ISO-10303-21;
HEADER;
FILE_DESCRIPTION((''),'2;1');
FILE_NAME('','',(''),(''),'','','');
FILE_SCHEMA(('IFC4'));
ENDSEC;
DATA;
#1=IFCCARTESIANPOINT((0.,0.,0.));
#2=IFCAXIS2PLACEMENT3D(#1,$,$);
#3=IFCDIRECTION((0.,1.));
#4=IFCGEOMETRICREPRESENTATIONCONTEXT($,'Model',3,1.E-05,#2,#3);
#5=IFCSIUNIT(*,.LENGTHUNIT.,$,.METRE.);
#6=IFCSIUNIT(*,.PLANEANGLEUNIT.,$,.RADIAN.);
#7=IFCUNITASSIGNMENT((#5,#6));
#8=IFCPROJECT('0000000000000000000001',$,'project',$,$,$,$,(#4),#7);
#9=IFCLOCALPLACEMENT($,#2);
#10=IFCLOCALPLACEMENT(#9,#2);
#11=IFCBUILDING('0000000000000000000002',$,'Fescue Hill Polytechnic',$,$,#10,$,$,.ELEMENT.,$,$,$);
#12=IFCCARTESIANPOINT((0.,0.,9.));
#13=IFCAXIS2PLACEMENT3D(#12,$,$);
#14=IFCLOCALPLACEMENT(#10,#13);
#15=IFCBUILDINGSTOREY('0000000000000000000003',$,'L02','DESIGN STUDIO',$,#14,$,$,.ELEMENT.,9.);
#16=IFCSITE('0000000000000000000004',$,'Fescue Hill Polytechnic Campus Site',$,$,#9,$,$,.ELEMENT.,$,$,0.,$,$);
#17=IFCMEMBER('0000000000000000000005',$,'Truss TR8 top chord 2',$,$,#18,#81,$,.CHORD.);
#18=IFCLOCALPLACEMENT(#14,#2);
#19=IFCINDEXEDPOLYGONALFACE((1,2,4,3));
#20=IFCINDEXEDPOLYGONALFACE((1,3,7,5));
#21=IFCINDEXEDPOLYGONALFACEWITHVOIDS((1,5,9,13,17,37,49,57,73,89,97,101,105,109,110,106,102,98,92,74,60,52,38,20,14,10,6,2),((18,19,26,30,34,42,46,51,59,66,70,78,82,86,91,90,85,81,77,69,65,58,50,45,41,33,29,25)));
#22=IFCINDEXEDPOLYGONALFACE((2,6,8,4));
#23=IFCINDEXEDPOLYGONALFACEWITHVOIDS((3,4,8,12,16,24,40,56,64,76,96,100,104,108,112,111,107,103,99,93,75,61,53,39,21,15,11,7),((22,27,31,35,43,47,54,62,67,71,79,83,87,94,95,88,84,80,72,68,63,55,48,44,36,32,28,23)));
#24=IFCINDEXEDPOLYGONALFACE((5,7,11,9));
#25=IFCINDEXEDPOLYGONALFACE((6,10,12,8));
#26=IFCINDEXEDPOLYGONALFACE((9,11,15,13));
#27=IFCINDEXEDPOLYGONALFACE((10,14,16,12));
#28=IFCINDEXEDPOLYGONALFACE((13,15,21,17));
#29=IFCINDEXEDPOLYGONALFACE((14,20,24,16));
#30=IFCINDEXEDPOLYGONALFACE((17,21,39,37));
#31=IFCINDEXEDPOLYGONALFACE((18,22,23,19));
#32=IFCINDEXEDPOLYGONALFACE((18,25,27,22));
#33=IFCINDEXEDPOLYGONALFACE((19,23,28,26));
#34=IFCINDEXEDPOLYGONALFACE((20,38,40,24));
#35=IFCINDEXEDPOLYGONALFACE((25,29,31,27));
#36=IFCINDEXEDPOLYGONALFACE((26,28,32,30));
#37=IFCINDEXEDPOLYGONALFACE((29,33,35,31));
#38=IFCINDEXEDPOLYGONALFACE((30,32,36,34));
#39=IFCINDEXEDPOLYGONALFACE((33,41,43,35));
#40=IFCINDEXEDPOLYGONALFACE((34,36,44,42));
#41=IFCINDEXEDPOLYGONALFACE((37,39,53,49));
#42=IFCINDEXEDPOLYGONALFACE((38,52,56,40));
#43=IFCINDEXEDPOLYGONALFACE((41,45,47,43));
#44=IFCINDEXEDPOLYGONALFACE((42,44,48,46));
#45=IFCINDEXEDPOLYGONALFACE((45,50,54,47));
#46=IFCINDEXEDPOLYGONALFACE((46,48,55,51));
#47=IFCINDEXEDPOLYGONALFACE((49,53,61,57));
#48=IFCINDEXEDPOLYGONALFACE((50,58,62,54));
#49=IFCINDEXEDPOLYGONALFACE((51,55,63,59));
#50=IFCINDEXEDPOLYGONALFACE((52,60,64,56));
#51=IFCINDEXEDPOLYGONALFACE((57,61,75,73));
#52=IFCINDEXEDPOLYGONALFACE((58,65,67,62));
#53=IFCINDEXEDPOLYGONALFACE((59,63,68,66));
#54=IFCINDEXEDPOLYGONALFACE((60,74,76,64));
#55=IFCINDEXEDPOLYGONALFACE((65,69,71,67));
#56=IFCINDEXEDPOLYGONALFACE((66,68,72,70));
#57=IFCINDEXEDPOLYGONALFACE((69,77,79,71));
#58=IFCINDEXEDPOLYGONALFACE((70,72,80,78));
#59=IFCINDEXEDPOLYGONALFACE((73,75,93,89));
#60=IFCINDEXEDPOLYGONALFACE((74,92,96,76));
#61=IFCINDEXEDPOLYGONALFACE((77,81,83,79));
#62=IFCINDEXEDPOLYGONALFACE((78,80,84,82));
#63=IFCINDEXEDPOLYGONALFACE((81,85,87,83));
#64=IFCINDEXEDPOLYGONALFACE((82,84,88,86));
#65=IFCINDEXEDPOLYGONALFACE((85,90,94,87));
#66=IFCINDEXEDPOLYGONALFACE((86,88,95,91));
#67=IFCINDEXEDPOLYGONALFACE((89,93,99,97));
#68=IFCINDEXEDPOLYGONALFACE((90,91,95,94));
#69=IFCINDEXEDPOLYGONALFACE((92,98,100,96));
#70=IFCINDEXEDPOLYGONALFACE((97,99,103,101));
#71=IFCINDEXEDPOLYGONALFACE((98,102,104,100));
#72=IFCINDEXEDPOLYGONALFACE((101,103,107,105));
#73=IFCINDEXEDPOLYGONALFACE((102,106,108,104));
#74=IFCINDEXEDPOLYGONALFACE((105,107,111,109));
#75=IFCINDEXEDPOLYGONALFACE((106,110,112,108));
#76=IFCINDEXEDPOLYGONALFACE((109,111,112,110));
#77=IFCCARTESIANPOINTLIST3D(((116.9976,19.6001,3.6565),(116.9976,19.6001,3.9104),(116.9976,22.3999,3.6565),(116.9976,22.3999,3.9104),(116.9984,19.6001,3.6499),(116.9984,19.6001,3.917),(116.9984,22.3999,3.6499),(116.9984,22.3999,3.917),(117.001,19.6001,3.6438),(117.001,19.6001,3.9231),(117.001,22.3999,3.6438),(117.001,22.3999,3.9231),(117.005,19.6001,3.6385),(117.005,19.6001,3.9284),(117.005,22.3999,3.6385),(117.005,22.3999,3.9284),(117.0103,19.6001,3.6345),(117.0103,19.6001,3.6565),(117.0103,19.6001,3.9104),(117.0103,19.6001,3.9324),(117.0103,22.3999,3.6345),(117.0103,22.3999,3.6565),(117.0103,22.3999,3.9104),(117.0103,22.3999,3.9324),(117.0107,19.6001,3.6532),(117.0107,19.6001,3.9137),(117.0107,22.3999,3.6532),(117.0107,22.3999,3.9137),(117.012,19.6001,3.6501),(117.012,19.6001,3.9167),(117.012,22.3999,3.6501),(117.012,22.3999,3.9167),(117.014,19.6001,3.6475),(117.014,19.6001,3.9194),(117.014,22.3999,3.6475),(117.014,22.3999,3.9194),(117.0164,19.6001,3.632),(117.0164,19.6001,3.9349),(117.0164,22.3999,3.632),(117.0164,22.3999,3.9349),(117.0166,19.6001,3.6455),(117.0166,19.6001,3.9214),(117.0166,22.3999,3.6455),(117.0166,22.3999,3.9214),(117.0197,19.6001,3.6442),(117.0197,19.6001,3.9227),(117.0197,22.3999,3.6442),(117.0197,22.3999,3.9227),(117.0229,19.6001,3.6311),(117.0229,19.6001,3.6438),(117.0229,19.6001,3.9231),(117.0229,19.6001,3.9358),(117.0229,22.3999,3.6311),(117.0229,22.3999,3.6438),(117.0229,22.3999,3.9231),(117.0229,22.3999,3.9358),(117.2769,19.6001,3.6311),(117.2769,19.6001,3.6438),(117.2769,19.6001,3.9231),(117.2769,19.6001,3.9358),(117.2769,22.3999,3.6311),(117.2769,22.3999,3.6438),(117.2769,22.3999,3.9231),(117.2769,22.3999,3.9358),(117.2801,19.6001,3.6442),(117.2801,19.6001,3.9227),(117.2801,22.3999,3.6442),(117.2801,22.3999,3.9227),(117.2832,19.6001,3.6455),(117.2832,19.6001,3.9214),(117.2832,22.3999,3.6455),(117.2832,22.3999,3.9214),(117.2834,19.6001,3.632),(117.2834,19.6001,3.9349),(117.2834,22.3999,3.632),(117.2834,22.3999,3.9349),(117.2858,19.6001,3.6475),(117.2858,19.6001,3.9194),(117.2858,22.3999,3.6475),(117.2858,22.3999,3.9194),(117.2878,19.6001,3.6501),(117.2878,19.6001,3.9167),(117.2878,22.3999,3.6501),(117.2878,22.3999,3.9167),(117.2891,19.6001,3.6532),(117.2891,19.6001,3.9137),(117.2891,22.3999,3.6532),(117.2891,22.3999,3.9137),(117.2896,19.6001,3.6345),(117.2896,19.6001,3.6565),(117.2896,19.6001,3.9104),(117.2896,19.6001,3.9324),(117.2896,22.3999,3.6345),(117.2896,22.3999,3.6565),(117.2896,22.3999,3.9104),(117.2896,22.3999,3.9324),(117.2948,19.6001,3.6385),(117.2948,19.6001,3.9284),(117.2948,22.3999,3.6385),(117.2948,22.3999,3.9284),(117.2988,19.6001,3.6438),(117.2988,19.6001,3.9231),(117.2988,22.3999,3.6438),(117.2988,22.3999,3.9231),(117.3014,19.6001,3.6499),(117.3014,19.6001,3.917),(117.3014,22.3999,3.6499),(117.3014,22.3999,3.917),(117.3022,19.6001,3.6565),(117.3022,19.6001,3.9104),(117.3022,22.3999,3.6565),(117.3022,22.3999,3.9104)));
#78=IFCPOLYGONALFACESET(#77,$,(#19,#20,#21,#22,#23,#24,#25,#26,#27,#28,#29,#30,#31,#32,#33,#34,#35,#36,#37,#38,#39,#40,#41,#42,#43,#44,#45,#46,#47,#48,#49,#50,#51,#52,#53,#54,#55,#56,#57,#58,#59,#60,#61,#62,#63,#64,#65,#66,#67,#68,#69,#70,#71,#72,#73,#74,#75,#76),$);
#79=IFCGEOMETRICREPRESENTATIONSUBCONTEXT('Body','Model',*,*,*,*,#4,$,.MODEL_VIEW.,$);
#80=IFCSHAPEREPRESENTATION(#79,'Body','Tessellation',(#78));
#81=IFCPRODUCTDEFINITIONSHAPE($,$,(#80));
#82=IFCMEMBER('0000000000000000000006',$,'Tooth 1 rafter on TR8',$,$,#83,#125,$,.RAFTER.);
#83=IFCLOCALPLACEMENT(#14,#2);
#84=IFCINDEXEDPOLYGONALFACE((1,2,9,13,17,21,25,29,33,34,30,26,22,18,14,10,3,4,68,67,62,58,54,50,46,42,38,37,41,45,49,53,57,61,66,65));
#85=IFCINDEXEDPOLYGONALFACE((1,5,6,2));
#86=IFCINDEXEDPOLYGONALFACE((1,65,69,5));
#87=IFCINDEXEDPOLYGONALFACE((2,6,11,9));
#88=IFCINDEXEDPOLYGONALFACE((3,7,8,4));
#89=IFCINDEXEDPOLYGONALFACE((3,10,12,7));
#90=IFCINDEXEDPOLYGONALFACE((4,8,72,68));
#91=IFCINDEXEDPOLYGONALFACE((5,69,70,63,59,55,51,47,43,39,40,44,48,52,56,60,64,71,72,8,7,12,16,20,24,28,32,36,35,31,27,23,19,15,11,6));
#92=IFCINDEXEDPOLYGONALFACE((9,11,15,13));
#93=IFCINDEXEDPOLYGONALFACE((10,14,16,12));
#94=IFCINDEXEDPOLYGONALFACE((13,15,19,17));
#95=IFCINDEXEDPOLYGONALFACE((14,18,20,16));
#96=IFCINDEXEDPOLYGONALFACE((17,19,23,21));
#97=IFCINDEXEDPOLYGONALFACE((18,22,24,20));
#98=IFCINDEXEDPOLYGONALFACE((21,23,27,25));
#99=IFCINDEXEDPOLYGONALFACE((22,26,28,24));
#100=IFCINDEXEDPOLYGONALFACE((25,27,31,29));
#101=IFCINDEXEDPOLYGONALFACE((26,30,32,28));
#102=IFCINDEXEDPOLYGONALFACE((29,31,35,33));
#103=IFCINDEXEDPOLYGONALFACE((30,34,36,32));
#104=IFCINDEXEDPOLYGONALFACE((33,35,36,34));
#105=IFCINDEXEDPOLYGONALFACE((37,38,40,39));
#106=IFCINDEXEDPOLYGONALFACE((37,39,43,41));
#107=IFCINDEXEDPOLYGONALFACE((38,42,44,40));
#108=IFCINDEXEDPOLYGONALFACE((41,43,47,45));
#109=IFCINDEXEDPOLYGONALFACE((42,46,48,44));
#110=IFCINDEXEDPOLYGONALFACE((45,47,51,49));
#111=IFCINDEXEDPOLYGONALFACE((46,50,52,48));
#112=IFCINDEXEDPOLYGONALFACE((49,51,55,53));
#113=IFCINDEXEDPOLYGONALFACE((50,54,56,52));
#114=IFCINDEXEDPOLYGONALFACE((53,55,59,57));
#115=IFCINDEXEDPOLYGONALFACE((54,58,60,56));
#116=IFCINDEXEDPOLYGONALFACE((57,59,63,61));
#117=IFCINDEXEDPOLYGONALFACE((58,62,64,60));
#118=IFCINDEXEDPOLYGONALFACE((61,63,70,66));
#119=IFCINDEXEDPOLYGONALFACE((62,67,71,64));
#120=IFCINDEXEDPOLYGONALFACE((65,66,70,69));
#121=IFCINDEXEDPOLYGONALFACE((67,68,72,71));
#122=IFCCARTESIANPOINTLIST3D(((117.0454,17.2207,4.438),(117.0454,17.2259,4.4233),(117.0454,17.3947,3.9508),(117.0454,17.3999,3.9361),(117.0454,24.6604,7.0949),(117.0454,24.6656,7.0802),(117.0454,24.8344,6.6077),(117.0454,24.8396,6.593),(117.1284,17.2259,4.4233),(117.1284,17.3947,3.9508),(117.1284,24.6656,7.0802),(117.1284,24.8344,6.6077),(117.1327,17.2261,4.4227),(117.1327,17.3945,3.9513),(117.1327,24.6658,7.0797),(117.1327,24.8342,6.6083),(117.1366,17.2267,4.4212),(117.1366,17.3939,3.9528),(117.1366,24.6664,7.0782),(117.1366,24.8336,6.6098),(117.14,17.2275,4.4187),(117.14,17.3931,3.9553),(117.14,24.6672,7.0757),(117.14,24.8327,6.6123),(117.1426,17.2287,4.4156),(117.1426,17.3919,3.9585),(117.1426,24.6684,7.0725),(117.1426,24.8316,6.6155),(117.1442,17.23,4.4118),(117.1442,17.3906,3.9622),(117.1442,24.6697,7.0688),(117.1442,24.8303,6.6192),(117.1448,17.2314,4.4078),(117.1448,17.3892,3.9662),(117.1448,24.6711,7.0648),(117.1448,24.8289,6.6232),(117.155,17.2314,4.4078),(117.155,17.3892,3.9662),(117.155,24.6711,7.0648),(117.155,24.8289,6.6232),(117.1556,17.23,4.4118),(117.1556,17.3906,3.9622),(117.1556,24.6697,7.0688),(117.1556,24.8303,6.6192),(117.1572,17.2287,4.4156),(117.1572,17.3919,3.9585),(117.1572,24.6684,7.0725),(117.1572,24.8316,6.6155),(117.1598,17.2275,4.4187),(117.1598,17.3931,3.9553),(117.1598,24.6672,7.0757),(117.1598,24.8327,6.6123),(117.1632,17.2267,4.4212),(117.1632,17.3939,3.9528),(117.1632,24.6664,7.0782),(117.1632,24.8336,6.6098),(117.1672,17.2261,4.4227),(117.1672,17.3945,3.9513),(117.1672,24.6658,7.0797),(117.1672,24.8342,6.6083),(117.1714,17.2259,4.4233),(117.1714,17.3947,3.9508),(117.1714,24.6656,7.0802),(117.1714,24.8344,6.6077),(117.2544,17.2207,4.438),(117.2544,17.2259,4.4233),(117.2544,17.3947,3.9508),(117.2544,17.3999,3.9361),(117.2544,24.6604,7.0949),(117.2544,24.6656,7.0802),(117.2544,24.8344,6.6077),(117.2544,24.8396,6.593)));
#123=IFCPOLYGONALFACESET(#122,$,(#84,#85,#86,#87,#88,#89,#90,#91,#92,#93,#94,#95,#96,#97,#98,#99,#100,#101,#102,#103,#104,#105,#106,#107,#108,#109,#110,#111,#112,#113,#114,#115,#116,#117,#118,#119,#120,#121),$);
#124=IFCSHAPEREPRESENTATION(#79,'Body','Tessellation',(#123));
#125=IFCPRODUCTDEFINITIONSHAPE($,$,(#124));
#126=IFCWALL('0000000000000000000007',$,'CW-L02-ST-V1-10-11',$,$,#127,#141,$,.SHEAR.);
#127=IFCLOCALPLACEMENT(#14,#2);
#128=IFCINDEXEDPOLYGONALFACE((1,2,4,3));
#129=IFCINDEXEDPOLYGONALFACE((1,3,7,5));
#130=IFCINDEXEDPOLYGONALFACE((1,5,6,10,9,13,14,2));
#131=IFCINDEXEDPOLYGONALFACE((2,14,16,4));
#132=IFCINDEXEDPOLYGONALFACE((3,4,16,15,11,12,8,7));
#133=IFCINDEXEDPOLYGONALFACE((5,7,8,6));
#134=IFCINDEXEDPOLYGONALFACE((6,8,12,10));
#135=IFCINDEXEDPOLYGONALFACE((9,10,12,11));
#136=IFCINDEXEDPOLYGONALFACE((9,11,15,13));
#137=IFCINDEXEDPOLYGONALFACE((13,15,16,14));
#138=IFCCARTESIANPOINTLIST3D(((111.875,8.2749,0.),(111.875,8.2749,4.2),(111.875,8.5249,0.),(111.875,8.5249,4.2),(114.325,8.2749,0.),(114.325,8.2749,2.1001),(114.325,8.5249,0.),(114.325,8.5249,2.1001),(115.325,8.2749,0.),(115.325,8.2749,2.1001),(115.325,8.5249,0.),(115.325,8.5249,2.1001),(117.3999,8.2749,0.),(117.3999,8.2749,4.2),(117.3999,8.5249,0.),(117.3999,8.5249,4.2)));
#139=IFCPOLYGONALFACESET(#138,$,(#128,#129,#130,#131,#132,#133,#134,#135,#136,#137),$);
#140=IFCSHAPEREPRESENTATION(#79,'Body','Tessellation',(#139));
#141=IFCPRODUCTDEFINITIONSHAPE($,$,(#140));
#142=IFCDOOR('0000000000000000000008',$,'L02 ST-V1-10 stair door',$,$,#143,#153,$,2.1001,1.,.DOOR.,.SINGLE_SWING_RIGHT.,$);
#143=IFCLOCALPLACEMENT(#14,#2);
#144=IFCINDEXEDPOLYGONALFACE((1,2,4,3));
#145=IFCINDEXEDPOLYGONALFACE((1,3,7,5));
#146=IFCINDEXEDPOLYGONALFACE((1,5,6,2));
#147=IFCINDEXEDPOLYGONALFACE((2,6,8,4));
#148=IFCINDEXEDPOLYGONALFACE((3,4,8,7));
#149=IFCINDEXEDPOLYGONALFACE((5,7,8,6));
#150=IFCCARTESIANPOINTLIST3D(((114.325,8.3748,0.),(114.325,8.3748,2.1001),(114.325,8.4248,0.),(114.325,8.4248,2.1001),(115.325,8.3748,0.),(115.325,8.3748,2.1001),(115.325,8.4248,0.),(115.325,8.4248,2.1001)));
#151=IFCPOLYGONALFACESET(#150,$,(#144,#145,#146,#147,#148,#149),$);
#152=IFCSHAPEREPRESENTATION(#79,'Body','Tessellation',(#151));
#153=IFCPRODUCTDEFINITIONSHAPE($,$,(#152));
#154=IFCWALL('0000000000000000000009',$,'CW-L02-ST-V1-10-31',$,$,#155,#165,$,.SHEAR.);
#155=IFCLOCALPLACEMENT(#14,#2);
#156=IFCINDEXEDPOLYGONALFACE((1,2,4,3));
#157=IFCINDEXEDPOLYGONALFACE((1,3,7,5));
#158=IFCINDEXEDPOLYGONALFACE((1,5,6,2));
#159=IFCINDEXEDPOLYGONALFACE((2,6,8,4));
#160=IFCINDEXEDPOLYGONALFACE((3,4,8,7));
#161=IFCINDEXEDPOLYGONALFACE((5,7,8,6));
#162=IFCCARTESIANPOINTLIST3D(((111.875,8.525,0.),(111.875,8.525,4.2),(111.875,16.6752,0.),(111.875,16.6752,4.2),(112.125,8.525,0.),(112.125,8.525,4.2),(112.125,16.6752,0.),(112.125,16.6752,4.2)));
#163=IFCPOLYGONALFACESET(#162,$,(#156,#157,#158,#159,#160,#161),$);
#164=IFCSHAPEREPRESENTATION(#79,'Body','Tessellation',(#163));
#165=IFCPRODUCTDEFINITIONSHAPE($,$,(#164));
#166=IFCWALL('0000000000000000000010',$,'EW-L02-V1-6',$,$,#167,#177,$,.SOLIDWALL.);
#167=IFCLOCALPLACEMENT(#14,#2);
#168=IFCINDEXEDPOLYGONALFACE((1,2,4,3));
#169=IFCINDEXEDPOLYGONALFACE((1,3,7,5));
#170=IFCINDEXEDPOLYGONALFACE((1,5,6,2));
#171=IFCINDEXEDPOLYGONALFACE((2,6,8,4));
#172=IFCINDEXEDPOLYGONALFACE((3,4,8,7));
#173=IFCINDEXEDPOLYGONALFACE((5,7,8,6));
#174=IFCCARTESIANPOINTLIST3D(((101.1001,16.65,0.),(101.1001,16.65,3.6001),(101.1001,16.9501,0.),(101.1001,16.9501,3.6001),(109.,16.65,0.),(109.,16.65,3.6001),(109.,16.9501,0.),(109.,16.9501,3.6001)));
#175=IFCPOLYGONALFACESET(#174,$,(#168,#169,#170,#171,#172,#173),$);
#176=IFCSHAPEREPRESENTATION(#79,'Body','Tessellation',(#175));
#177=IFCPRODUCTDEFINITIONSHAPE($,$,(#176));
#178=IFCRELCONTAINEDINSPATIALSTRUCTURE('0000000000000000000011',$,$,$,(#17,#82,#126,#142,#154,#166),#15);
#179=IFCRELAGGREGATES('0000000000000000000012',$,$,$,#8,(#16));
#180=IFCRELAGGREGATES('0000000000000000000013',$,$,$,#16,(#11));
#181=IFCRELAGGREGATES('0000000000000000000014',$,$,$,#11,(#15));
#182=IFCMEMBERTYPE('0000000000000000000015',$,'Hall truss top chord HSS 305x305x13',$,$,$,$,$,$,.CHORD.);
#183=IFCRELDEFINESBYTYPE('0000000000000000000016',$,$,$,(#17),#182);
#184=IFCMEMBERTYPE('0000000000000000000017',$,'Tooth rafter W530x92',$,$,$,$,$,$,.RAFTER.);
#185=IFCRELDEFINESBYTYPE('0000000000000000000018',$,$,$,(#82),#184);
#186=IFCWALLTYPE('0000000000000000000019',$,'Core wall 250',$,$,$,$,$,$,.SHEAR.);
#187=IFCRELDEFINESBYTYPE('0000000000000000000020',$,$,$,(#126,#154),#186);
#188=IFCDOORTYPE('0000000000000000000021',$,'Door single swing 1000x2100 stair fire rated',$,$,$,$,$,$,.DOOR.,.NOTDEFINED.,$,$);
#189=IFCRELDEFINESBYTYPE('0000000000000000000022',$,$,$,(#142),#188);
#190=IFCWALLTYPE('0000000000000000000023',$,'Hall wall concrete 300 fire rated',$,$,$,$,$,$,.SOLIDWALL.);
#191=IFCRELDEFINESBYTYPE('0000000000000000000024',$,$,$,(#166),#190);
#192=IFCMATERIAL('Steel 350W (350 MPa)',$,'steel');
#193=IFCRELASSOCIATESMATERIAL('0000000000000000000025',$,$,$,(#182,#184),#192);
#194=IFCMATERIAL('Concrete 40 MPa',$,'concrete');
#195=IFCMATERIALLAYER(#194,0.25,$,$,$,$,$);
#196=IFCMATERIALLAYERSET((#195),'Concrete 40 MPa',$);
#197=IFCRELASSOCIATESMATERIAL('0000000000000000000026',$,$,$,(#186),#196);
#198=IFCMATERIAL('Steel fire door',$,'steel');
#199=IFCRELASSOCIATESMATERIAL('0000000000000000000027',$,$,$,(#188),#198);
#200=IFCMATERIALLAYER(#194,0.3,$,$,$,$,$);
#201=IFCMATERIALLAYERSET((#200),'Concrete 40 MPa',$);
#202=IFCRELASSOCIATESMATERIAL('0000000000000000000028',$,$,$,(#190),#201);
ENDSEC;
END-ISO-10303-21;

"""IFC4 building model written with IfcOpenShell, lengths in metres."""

from ifc_helpers import new_model, si_unit, direction, frame, frame_2d, origin, origin_2d, place, context, subcontext, project, spatial, rectangle, hollow_rectangle, i_section, extrude, material, layer, layer_set, material_profile, profile_set, type_object, element, fill, save


model = new_model("IFC4")

# Units and contexts
model_context = context("Model", 3, precision=1e-05, world=origin(), true_north=direction((0.0, 1.0)))
body_context = subcontext(model_context, "Body", "Model", "MODEL_VIEW")
ifc_project = project(units=[si_unit("LENGTHUNIT", "METRE"), si_unit("PLANEANGLEUNIT", "RADIAN")], contexts=[model_context])

# Site, building, storey
site_placement = place(None, origin())
site = spatial("IfcSite", under=ifc_project, at=site_placement, Name="Fescue Hill Polytechnic Campus Site", CompositionType="ELEMENT", RefElevation=0.0)
building_placement = place(site_placement, origin())
building = spatial("IfcBuilding", under=site, at=building_placement, Name="Fescue Hill Polytechnic", CompositionType="ELEMENT")
storey_placement = place(building_placement, frame((0.0, 0.0, 9.0)))
storey = spatial("IfcBuildingStorey", under=building, at=storey_placement, Name="L02", Description="DESIGN STUDIO", CompositionType="ELEMENT", Elevation=9.0)

# Shared definitions
ifc_material_1 = material(Name="Concrete 40 MPa", Category="concrete")

# Members
ifc_material_2 = material(Name="Steel 350W (350 MPa)", Category="steel")
ifc_material_profile_1 = material_profile(ifc_material_2, hollow_rectangle(XDim=0.3047, YDim=0.3047, WallThickness=0.0127, InnerFilletRadius=0.0127, OuterFilletRadius=0.0254, at=origin_2d()), Name="Hall truss top chord HSS 305x305x13")
ifc_profile_set_1 = profile_set([ifc_material_profile_1], Name="Steel 350W (350 MPa)")
member_type_1 = type_object("IfcMemberType", Name="Hall truss top chord HSS 305x305x13", PredefinedType="CHORD", material=ifc_profile_set_1)
member_1_placement = place(storey_placement, frame((117.1499, 19.6001, 3.7834), z_axis=(0.0, 1.0, 0.0), x_axis=(-1.0, 0.0, 0.0)))
element("IfcMember", 1, at=member_1_placement, inside=storey, type_object=member_type_1, Name="Truss TR8 top chord 2", PredefinedType="CHORD", context=body_context, shape_type="SweptSolid", body=[
    extrude(hollow_rectangle(XDim=0.3047, YDim=0.3047, WallThickness=0.0127, InnerFilletRadius=0.0127, OuterFilletRadius=0.0254, at=origin_2d()), origin(), (0.0, 0.0, 1.0), 2.7998),
])
ifc_material_profile_2 = material_profile(ifc_material_2, i_section(OverallWidth=0.209, OverallDepth=0.533, WebThickness=0.0103, FlangeThickness=0.0156, FilletRadius=0.0164, at=origin_2d()), Name="W530x92")
ifc_profile_set_2 = profile_set([ifc_material_profile_2], Name="Steel 350W (350 MPa)")
member_type_2 = type_object("IfcMemberType", Name="Tooth rafter W530x92", PredefinedType="RAFTER", material=ifc_profile_set_2)
member_2_placement = place(storey_placement, frame((117.1499, 17.3103, 4.187), z_axis=(0.0, 0.941744, 0.336331), x_axis=(-1.0, 0.0, 0.0)))
element("IfcMember", 2, at=member_2_placement, inside=storey, type_object=member_type_2, Name="Tooth 1 rafter on TR8", PredefinedType="RAFTER", context=body_context, shape_type="SweptSolid", body=[
    extrude(i_section(OverallWidth=0.209, OverallDepth=0.533, WebThickness=0.0103, FlangeThickness=0.0156, FilletRadius=0.0164, at=origin_2d()), origin(), (0.0, 0.0, 1.0), 7.8999),
])

# Wall, opening, door
ifc_layer_1 = layer(ifc_material_1, 0.25)
ifc_layer_set_1 = layer_set([ifc_layer_1], Name="Concrete 40 MPa")
wall_type_1 = type_object("IfcWallType", Name="Core wall 250", PredefinedType="SHEAR", material=ifc_layer_set_1)
wall_1_placement = place(storey_placement, frame((111.875, 8.3999, 0.0), z_axis=(0.0, 0.0, 1.0), x_axis=(1.0, 0.0, 0.0)))
wall_1 = element("IfcWall", 3, at=wall_1_placement, inside=storey, type_object=wall_type_1, Name="CW-L02-ST-V1-10-11", PredefinedType="SHEAR", context=body_context, shape_type="SweptSolid", body=[
    extrude(rectangle(XDim=5.5249, YDim=0.25, at=frame_2d((2.7625, 0.0))), origin(), (0.0, 0.0, 1.0), 4.2),
])
opening_placement = place(wall_1_placement, frame((2.45, 0.0, 0.0)))
opening = element("IfcOpeningElement", 4, at=opening_placement, cuts=wall_1, PredefinedType="OPENING", context=body_context, shape_type="SweptSolid", body=[
    extrude(rectangle(XDim=1.0, YDim=2.1001, at=frame_2d((0.5, 1.05))), frame((0.0, 0.135, 0.0), z_axis=(0.0, -1.0, 0.0), x_axis=(1.0, 0.0, 0.0)), (0.0, 0.0, 1.0), 0.27),
])
ifc_material_3 = material(Name="Steel fire door", Category="steel")
door_type = type_object("IfcDoorType", Name="Door single swing 1000x2100 stair fire rated", OperationType="NOTDEFINED", PredefinedType="DOOR", material=ifc_material_3)
door_placement = place(opening_placement, origin())
door = element("IfcDoor", 5, at=door_placement, inside=storey, type_object=door_type, Name="L02 ST-V1-10 stair door", OperationType="SINGLE_SWING_RIGHT", OverallHeight=2.1001, OverallWidth=1.0, PredefinedType="DOOR", context=body_context, shape_type="SweptSolid", body=[
    extrude(rectangle(XDim=1.0, YDim=2.1001, at=frame_2d((0.5, 1.05))), frame((0.0, 0.0249, 0.0), z_axis=(0.0, -1.0, 0.0), x_axis=(1.0, 0.0, 0.0)), (0.0, 0.0, 1.0), 0.05),
])
fill(opening, door)

# Walls
wall_2_placement = place(storey_placement, frame((112.0, 8.5249, 0.0), z_axis=(0.0, 0.0, 1.0), x_axis=(0.0, 1.0, 0.0)))
element("IfcWall", 6, at=wall_2_placement, inside=storey, type_object=wall_type_1, Name="CW-L02-ST-V1-10-31", PredefinedType="SHEAR", context=body_context, shape_type="SweptSolid", body=[
    extrude(rectangle(XDim=8.1501, YDim=0.25, at=frame_2d((4.0752, 0.0))), origin(), (0.0, 0.0, 1.0), 4.2),
])
ifc_layer_2 = layer(ifc_material_1, 0.3)
ifc_layer_set_2 = layer_set([ifc_layer_2], Name="Concrete 40 MPa")
wall_type_2 = type_object("IfcWallType", Name="Hall wall concrete 300 fire rated", PredefinedType="SOLIDWALL", material=ifc_layer_set_2)
wall_3_placement = place(storey_placement, frame((109.0, 16.8, 0.0), z_axis=(0.0, 0.0, 1.0), x_axis=(-1.0, 0.0, 0.0)))
element("IfcWall", 7, at=wall_3_placement, inside=storey, type_object=wall_type_2, Name="EW-L02-V1-6", PredefinedType="SOLIDWALL", context=body_context, shape_type="SweptSolid", body=[
    extrude(rectangle(XDim=7.8999, YDim=0.3, at=frame_2d((3.95, 0.0))), origin(), (0.0, 0.0, 1.0), 3.6001),
])

save(model, "model.ifc")
